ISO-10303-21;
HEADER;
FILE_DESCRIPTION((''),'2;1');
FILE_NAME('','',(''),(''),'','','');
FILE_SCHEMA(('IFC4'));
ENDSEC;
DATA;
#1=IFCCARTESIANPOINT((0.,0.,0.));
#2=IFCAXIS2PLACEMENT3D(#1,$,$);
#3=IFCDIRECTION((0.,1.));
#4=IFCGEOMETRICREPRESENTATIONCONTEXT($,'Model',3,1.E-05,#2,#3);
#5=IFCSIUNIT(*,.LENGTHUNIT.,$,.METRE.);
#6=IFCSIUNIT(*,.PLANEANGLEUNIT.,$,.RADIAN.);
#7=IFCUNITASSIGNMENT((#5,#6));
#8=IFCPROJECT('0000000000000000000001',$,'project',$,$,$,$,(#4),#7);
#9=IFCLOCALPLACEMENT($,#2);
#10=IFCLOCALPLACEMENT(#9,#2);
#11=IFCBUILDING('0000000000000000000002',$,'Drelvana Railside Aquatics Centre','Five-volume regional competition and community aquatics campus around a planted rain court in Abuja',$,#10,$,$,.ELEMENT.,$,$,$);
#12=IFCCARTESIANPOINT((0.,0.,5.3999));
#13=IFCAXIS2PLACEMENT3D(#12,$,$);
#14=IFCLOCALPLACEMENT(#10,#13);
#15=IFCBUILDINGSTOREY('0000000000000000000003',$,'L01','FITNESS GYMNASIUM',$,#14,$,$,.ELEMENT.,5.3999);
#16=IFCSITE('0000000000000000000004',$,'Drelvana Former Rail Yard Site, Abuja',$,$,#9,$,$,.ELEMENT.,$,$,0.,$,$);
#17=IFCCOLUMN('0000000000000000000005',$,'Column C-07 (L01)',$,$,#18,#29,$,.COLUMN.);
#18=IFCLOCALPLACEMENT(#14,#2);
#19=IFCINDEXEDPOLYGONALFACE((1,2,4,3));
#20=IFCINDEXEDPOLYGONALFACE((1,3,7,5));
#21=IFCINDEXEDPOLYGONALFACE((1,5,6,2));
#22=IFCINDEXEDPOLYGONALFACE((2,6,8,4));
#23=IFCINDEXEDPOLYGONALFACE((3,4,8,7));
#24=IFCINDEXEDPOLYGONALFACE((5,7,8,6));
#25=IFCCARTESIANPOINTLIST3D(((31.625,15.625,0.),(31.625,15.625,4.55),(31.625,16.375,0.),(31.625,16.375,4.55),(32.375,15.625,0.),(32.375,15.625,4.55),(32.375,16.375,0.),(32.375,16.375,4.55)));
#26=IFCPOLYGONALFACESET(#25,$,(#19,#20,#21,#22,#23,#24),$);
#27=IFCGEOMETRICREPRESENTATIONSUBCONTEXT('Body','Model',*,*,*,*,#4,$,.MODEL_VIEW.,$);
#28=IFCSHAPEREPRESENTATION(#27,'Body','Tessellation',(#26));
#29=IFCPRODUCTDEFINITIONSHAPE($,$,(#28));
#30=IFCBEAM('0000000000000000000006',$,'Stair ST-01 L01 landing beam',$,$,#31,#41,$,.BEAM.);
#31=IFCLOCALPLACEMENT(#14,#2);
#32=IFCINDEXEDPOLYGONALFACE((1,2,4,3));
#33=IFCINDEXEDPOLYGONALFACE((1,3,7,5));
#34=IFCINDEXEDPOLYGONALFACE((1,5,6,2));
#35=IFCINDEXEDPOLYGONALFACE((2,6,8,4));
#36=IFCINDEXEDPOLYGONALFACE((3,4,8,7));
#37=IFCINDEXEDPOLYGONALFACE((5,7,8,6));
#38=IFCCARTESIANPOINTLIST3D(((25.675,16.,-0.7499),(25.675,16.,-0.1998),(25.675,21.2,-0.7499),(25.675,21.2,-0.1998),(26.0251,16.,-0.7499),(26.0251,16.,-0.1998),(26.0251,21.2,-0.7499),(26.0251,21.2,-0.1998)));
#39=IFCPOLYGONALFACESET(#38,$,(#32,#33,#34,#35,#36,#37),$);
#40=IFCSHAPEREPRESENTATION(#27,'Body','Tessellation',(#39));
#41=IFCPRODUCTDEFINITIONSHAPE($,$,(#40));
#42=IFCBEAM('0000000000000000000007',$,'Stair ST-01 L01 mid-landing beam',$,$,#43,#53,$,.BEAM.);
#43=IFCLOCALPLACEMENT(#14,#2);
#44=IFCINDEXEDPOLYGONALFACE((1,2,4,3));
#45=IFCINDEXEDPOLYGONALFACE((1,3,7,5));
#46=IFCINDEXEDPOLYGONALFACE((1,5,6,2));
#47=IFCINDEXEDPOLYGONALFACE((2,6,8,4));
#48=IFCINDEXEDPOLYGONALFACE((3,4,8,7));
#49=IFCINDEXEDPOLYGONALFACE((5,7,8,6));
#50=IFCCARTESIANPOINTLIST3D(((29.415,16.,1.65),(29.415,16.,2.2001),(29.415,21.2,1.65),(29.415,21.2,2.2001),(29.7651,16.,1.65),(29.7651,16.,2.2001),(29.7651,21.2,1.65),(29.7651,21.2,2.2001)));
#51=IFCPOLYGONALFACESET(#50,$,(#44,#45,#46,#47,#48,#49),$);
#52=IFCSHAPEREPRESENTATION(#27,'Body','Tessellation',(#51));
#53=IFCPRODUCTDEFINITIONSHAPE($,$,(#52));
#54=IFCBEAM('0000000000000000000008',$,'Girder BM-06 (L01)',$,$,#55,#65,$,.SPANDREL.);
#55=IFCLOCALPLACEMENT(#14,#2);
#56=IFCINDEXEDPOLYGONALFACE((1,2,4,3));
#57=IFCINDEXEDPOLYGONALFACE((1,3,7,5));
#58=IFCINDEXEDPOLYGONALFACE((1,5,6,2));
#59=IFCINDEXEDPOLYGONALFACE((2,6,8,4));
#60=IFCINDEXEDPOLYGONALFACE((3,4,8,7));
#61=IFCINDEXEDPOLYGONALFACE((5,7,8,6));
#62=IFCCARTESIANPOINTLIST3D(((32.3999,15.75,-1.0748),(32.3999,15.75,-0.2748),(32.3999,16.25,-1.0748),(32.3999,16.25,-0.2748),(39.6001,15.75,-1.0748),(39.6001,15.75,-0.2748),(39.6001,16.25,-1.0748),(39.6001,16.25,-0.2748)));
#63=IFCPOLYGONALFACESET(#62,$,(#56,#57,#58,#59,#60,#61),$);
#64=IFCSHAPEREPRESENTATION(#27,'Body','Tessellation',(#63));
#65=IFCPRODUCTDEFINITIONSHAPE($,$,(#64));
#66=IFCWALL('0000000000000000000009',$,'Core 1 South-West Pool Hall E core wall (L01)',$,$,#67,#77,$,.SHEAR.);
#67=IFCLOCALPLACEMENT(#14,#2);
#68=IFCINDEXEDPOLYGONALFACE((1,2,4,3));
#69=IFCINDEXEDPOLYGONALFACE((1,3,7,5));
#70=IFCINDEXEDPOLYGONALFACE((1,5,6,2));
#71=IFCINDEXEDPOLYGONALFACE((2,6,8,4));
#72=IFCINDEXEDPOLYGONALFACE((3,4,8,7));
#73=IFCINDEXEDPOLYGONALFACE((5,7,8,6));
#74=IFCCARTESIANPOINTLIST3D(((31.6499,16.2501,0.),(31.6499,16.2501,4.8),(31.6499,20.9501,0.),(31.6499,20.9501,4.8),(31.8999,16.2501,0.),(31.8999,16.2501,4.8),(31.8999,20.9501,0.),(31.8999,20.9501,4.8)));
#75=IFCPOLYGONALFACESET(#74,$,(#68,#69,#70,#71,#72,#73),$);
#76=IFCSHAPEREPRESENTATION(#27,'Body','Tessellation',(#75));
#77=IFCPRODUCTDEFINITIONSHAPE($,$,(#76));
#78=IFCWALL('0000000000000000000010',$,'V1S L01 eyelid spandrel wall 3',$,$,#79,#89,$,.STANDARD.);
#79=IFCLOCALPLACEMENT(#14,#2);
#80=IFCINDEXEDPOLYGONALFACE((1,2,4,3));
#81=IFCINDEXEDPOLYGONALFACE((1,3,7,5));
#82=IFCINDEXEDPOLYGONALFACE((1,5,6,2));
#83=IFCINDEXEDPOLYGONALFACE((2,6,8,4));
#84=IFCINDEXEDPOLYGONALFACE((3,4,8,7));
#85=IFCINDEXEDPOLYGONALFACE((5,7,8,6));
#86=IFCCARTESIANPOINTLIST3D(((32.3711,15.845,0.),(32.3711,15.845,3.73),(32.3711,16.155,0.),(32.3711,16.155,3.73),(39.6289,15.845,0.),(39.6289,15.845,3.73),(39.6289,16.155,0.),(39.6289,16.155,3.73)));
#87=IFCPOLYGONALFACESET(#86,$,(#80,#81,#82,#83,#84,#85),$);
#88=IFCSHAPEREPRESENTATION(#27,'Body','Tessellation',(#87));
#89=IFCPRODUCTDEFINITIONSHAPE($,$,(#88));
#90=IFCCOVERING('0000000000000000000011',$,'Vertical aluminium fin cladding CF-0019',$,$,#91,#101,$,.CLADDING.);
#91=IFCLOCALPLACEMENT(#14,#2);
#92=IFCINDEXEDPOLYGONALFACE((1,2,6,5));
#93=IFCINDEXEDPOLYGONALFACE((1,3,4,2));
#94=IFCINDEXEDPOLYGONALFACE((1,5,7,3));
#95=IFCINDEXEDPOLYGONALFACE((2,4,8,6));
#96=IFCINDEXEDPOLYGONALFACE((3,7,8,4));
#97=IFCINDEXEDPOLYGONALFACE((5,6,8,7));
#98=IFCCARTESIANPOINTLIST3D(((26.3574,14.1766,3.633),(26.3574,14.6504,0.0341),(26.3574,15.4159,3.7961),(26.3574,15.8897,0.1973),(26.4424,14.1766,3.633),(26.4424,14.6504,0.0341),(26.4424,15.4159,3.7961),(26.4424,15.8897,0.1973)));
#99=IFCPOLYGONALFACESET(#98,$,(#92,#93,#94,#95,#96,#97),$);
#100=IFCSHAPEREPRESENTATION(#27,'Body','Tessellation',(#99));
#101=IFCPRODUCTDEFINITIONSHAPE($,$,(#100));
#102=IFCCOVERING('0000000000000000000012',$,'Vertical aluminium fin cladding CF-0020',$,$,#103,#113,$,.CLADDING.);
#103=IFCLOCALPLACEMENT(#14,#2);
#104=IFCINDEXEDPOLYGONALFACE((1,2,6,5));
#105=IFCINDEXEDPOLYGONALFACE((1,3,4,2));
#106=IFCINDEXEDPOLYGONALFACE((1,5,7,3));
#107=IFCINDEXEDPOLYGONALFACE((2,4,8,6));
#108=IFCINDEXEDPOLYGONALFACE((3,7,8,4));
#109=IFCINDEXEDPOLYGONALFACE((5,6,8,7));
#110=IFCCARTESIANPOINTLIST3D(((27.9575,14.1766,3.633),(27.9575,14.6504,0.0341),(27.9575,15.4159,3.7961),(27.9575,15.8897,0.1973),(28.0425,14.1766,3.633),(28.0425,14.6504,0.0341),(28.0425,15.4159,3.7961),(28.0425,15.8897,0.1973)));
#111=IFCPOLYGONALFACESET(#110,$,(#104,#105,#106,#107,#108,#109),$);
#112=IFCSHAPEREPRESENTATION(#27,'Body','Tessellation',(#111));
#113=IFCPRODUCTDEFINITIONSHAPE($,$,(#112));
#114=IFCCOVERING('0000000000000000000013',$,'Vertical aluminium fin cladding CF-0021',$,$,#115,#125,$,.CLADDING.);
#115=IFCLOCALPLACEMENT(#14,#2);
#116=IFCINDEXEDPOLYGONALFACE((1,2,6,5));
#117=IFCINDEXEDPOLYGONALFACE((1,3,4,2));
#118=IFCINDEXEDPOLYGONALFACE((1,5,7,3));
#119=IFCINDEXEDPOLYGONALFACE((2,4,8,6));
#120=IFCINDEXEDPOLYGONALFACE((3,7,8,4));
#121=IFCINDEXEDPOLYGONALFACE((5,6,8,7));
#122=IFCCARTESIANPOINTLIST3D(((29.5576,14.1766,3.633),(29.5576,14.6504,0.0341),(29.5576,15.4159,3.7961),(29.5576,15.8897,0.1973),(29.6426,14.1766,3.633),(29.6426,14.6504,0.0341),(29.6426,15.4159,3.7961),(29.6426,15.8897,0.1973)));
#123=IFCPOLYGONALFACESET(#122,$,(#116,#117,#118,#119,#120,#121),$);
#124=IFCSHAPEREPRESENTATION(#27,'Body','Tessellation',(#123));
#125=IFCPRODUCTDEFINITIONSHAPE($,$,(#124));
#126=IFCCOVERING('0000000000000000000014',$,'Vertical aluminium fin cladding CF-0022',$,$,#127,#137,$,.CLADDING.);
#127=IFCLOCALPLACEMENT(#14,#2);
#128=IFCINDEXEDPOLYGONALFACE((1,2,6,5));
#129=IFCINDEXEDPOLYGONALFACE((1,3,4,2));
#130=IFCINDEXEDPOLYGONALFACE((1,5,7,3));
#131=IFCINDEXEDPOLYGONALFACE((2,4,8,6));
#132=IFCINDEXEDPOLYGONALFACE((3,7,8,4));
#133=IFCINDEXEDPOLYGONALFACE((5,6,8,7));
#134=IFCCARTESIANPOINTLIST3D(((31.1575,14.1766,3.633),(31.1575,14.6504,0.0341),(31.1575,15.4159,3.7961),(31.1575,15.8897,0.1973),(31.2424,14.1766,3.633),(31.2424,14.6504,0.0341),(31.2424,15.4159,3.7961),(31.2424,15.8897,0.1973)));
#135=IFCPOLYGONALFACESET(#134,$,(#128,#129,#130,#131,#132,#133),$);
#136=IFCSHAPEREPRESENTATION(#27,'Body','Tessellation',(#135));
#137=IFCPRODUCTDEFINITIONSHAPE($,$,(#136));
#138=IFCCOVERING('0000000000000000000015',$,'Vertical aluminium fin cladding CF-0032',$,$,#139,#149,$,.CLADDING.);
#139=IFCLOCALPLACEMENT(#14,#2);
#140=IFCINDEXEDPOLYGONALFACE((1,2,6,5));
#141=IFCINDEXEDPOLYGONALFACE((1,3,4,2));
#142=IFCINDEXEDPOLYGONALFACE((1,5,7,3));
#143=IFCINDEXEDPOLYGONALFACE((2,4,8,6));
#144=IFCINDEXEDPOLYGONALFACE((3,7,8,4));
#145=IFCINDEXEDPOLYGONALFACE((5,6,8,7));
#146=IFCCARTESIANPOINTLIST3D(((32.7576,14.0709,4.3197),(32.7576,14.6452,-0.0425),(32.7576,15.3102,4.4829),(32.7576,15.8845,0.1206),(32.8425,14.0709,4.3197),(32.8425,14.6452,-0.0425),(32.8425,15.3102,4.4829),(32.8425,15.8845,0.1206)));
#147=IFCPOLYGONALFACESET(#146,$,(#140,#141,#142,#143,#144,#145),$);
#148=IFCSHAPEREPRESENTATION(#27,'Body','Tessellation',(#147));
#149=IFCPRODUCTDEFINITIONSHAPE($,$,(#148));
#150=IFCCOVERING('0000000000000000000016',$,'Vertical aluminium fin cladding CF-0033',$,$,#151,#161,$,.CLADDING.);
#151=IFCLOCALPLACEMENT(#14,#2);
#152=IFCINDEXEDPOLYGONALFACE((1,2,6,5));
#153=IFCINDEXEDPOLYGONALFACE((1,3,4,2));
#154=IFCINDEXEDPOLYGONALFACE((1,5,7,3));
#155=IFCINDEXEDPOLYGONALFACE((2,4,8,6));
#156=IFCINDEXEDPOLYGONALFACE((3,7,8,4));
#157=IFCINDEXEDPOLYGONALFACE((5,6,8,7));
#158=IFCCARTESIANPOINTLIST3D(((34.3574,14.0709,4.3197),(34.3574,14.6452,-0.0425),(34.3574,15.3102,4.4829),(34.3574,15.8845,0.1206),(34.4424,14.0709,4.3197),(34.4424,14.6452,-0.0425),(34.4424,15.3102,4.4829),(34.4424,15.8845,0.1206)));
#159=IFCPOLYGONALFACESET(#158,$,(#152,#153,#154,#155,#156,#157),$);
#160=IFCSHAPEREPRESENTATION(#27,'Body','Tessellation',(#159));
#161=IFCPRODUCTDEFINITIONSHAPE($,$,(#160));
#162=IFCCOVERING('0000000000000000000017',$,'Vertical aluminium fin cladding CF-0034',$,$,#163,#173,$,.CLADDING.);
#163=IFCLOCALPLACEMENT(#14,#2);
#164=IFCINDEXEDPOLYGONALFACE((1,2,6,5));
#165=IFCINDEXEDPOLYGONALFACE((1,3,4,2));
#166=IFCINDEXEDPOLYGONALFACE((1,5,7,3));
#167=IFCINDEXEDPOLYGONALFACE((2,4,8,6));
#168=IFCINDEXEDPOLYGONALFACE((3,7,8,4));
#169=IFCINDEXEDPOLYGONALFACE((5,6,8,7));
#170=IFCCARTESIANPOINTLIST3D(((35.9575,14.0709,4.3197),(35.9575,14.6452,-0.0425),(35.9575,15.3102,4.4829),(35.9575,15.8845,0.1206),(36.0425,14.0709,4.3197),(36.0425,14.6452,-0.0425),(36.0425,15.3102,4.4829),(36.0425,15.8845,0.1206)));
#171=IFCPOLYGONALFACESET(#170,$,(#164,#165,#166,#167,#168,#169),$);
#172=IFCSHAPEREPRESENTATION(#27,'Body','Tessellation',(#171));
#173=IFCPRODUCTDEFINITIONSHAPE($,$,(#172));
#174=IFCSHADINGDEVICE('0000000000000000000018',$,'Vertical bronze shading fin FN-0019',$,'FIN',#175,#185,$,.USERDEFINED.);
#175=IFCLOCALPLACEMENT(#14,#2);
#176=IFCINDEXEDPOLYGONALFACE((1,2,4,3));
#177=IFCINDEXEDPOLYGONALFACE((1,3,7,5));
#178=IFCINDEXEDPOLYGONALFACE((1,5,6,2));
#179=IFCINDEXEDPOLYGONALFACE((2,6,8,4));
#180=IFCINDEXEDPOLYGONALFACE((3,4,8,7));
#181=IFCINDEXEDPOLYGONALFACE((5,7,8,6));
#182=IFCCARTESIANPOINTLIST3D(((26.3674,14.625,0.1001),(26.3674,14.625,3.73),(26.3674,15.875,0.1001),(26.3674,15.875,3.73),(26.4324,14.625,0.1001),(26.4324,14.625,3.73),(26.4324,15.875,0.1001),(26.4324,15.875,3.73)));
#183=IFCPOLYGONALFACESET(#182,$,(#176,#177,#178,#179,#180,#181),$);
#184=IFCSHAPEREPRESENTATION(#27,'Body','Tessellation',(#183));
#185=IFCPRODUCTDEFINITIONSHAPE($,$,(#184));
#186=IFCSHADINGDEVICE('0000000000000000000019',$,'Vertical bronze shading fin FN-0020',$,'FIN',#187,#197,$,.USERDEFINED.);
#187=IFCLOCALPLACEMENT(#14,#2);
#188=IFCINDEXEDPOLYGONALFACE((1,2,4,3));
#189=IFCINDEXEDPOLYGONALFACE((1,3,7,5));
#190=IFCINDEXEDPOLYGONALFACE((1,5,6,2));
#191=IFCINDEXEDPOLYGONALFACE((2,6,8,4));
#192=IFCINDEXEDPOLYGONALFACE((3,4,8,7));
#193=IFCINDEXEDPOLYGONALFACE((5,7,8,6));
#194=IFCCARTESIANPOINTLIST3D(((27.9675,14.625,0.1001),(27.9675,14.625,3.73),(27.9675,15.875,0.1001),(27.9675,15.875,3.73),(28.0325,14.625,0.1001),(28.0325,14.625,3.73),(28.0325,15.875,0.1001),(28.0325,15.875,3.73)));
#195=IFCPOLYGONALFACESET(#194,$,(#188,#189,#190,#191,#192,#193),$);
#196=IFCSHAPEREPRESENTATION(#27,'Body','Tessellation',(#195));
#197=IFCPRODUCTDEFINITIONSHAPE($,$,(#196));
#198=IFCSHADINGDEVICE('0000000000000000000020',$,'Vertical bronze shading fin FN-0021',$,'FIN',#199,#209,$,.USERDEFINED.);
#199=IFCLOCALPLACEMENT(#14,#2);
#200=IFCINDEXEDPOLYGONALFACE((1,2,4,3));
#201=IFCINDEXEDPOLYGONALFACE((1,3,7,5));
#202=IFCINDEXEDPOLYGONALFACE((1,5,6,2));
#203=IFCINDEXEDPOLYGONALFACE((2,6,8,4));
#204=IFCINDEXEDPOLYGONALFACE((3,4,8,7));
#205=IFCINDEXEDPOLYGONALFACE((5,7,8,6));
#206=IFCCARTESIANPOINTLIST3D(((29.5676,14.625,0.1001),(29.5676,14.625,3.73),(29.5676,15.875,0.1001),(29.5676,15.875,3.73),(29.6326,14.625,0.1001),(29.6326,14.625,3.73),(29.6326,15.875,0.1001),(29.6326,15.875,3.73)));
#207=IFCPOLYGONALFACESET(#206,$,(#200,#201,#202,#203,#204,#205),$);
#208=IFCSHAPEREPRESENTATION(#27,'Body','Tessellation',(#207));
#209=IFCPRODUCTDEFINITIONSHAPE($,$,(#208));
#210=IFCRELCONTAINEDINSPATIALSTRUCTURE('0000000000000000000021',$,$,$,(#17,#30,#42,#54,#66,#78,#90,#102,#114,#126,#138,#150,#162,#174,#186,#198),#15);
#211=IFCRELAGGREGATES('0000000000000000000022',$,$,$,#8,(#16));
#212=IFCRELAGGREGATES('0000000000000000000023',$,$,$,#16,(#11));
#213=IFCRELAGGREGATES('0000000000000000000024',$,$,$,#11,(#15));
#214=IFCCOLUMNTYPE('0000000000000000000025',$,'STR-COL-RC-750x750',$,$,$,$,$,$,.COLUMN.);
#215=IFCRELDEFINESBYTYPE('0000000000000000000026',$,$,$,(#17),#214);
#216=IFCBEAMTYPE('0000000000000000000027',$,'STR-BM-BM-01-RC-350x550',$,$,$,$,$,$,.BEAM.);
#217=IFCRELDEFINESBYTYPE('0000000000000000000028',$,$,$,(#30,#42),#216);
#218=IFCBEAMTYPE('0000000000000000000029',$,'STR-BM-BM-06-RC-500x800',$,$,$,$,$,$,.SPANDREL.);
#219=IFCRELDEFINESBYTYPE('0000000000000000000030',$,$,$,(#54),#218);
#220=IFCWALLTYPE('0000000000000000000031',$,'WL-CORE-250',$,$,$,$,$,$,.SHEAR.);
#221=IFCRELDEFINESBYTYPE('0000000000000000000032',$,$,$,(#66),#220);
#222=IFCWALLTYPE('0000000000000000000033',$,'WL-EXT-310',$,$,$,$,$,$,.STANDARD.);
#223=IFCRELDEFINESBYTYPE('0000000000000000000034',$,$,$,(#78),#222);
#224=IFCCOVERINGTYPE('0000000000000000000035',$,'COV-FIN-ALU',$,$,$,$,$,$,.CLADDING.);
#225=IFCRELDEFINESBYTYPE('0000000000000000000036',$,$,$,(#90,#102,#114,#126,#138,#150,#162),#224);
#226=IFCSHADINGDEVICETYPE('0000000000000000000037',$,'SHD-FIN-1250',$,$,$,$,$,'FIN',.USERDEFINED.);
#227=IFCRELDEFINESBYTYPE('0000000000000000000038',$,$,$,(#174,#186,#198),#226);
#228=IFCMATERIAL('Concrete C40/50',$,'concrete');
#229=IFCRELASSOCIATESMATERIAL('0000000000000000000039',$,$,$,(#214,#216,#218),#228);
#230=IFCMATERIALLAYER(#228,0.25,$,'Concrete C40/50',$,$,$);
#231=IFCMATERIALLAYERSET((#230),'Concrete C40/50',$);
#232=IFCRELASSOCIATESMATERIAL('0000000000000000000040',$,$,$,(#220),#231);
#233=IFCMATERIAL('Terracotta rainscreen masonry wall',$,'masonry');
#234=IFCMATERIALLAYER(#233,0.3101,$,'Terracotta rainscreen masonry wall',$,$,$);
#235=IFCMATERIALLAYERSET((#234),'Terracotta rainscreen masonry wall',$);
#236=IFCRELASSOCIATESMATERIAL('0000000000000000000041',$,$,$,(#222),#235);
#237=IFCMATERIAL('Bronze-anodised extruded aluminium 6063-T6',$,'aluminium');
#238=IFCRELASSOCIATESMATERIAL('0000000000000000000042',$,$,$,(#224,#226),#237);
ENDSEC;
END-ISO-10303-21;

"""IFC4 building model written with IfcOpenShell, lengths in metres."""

from ifc_helpers import new_model, si_unit, direction, frame, frame_2d, origin, origin_2d, place, context, subcontext, project, spatial, rectangle, extrude, material, layer, layer_set, material_profile, profile_set, type_object, element, save


model = new_model("IFC4")

# Units and contexts
model_context = context("Model", 3, precision=1e-05, world=origin(), true_north=direction((0.0, 1.0)))
body_context = subcontext(model_context, "Body", "Model", "MODEL_VIEW")
ifc_project = project(units=[si_unit("LENGTHUNIT", "METRE"), si_unit("PLANEANGLEUNIT", "RADIAN")], contexts=[model_context])

# Site, building, storey
site_placement = place(None, origin())
site = spatial("IfcSite", under=ifc_project, at=site_placement, Name="Drelvana Former Rail Yard Site, Abuja", CompositionType="ELEMENT", RefElevation=0.0)
building_placement = place(site_placement, origin())
building = spatial("IfcBuilding", under=site, at=building_placement, Name="Drelvana Railside Aquatics Centre", Description="Five-volume regional competition and community aquatics campus around a planted rain court in Abuja", CompositionType="ELEMENT")
storey_placement = place(building_placement, frame((0.0, 0.0, 5.3999)))
storey = spatial("IfcBuildingStorey", under=building, at=storey_placement, Name="L01", Description="FITNESS GYMNASIUM", CompositionType="ELEMENT", Elevation=5.3999)

# Column
ifc_material_1 = material(Name="Concrete C40/50", Category="concrete")
ifc_material_profile_1 = material_profile(ifc_material_1, rectangle(XDim=0.75, YDim=0.75, at=origin_2d()), Name="RC 750x750")
ifc_profile_set_1 = profile_set([ifc_material_profile_1], Name="Concrete C40/50")
column_type = type_object("IfcColumnType", Name="STR-COL-RC-750x750", PredefinedType="COLUMN", material=ifc_profile_set_1)
column_placement = place(storey_placement, frame((32.0, 16.0, 0.0), z_axis=(0.0, 0.0, 1.0), x_axis=(1.0, 0.0, 0.0)))
element("IfcColumn", 1, at=column_placement, inside=storey, type_object=column_type, Name="Column C-07 (L01)", PredefinedType="COLUMN", context=body_context, shape_type="SweptSolid", body=[
    extrude(rectangle(XDim=0.75, YDim=0.75, at=origin_2d()), origin(), (0.0, 0.0, 1.0), 4.55),
])

# Beams
ifc_material_profile_2 = material_profile(ifc_material_1, rectangle(XDim=0.3501, YDim=0.55, at=origin_2d()), Name="RC 350x550")
ifc_profile_set_2 = profile_set([ifc_material_profile_2], Name="Concrete C40/50")
beam_type_1 = type_object("IfcBeamType", Name="STR-BM-BM-01-RC-350x550", PredefinedType="BEAM", material=ifc_profile_set_2)
for number, where, z_axis, x_axis, name in (
    (2, (25.8501, 16.0, -0.4749), (0.0, 1.0, 0.0), (-1.0, 0.0, 0.0), "Stair ST-01 L01 landing beam"),
    (3, (29.5901, 16.0, 1.925), (0.0, 1.0, 0.0), (-1.0, 0.0, 0.0), "Stair ST-01 L01 mid-landing beam"),
):
    element("IfcBeam", number, at=place(storey_placement, frame(where, z_axis=z_axis, x_axis=x_axis)), inside=storey, type_object=beam_type_1, Name=name, PredefinedType="BEAM", context=body_context, shape_type="SweptSolid", body=[
        extrude(rectangle(XDim=0.3501, YDim=0.55, at=origin_2d()), origin(), (0.0, 0.0, 1.0), 5.2),
    ])
ifc_material_profile_3 = material_profile(ifc_material_1, rectangle(XDim=0.5, YDim=0.8, at=origin_2d()), Name="RC 500x800")
ifc_profile_set_3 = profile_set([ifc_material_profile_3], Name="Concrete C40/50")
beam_type_2 = type_object("IfcBeamType", Name="STR-BM-BM-06-RC-500x800", PredefinedType="SPANDREL", material=ifc_profile_set_3)
beam_placement = place(storey_placement, frame((32.3999, 16.0, -0.6748), z_axis=(1.0, 0.0, 0.0), x_axis=(0.0, 1.0, 0.0)))
element("IfcBeam", 4, at=beam_placement, inside=storey, type_object=beam_type_2, Name="Girder BM-06 (L01)", PredefinedType="SPANDREL", context=body_context, shape_type="SweptSolid", body=[
    extrude(rectangle(XDim=0.5, YDim=0.8, at=origin_2d()), origin(), (0.0, 0.0, 1.0), 7.2002),
])

# Walls
ifc_layer_1 = layer(ifc_material_1, 0.25, Name="Concrete C40/50")
ifc_layer_set_1 = layer_set([ifc_layer_1], Name="Concrete C40/50")
wall_type_1 = type_object("IfcWallType", Name="WL-CORE-250", PredefinedType="SHEAR", material=ifc_layer_set_1)
wall_1_placement = place(storey_placement, frame((31.7749, 16.25, 0.0), z_axis=(0.0, 0.0, 1.0), x_axis=(0.0, 1.0, 0.0)))
element("IfcWall", 5, at=wall_1_placement, inside=storey, type_object=wall_type_1, Name="Core 1 South-West Pool Hall E core wall (L01)", PredefinedType="SHEAR", context=body_context, shape_type="SweptSolid", body=[
    extrude(rectangle(XDim=4.7, YDim=0.25, at=frame_2d((2.3501, 0.0))), origin(), (0.0, 0.0, 1.0), 4.8),
])
ifc_material_2 = material(Name="Terracotta rainscreen masonry wall", Category="masonry")
ifc_layer_2 = layer(ifc_material_2, 0.3101, Name="Terracotta rainscreen masonry wall")
ifc_layer_set_2 = layer_set([ifc_layer_2], Name="Terracotta rainscreen masonry wall")
wall_type_2 = type_object("IfcWallType", Name="WL-EXT-310", PredefinedType="STANDARD", material=ifc_layer_set_2)
wall_2_placement = place(storey_placement, frame((32.3711, 16.0, 0.0), z_axis=(0.0, 0.0, 1.0), x_axis=(1.0, 0.0, 0.0)))
element("IfcWall", 6, at=wall_2_placement, inside=storey, type_object=wall_type_2, Name="V1S L01 eyelid spandrel wall 3", PredefinedType="STANDARD", context=body_context, shape_type="SweptSolid", body=[
    extrude(rectangle(XDim=7.2578, YDim=0.3101, at=frame_2d((3.6289, 0.0))), origin(), (0.0, 0.0, 1.0), 3.73),
])

# Coverings
ifc_material_3 = material(Name="Bronze-anodised extruded aluminium 6063-T6", Category="aluminium")
covering_type = type_object("IfcCoveringType", Name="COV-FIN-ALU", PredefinedType="CLADDING", material=ifc_material_3)
for number, where, z_axis, x_axis, name in (
    (7, (26.3999, 15.27, 0.1157), (0.0, -0.130526, 0.991445), (-1.0, 0.0, 0.0), "Vertical aluminium fin cladding CF-0019"),
    (8, (28.0, 15.27, 0.1157), (0.0, -0.130526, 0.991445), (-1.0, 0.0, 0.0), "Vertical aluminium fin cladding CF-0020"),
    (9, (29.6001, 15.27, 0.1157), (0.0, -0.130526, 0.991445), (-1.0, 0.0, 0.0), "Vertical aluminium fin cladding CF-0021"),
    (10, (31.2, 15.27, 0.1157), (0.0, -0.130526, 0.991445), (-1.0, 0.0, 0.0), "Vertical aluminium fin cladding CF-0022"),
):
    element("IfcCovering", number, at=place(storey_placement, frame(where, z_axis=z_axis, x_axis=x_axis)), inside=storey, type_object=covering_type, Name=name, PredefinedType="CLADDING", context=body_context, shape_type="SweptSolid", body=[
        extrude(rectangle(XDim=0.085, YDim=1.25, at=origin_2d()), origin(), (0.0, 0.0, 1.0), 3.6299),
    ])
for number, where, z_axis, x_axis, name in (
    (11, (32.8, 15.2649, 0.0391), (0.0, -0.130526, 0.991445), (-1.0, 0.0, 0.0), "Vertical aluminium fin cladding CF-0032"),
    (12, (34.3999, 15.2649, 0.0391), (0.0, -0.130526, 0.991445), (-1.0, 0.0, 0.0), "Vertical aluminium fin cladding CF-0033"),
    (13, (36.0, 15.2649, 0.0391), (0.0, -0.130526, 0.991445), (-1.0, 0.0, 0.0), "Vertical aluminium fin cladding CF-0034"),
):
    element("IfcCovering", number, at=place(storey_placement, frame(where, z_axis=z_axis, x_axis=x_axis)), inside=storey, type_object=covering_type, Name=name, PredefinedType="CLADDING", context=body_context, shape_type="SweptSolid", body=[
        extrude(rectangle(XDim=0.085, YDim=1.25, at=origin_2d()), origin(), (0.0, 0.0, 1.0), 4.3999),
    ])

# Shading devices
shading_device_type = type_object("IfcShadingDeviceType", Name="SHD-FIN-1250", ElementType="FIN", PredefinedType="USERDEFINED", material=ifc_material_3)
for number, where, z_axis, x_axis, name in (
    (14, (26.3999, 15.25, 0.1001), (0.0, 0.0, 1.0), (0.0, -1.0, 0.0), "Vertical bronze shading fin FN-0019"),
    (15, (28.0, 15.25, 0.1001), (0.0, 0.0, 1.0), (0.0, -1.0, 0.0), "Vertical bronze shading fin FN-0020"),
    (16, (29.6001, 15.25, 0.1001), (0.0, 0.0, 1.0), (0.0, -1.0, 0.0), "Vertical bronze shading fin FN-0021"),
):
    element("IfcShadingDevice", number, at=place(storey_placement, frame(where, z_axis=z_axis, x_axis=x_axis)), inside=storey, type_object=shading_device_type, Name=name, ObjectType="FIN", PredefinedType="USERDEFINED", context=body_context, shape_type="SweptSolid", body=[
        extrude(rectangle(XDim=1.25, YDim=0.0649, at=origin_2d()), origin(), (0.0, 0.0, 1.0), 3.6299),
    ])

save(model, "model.ifc")
